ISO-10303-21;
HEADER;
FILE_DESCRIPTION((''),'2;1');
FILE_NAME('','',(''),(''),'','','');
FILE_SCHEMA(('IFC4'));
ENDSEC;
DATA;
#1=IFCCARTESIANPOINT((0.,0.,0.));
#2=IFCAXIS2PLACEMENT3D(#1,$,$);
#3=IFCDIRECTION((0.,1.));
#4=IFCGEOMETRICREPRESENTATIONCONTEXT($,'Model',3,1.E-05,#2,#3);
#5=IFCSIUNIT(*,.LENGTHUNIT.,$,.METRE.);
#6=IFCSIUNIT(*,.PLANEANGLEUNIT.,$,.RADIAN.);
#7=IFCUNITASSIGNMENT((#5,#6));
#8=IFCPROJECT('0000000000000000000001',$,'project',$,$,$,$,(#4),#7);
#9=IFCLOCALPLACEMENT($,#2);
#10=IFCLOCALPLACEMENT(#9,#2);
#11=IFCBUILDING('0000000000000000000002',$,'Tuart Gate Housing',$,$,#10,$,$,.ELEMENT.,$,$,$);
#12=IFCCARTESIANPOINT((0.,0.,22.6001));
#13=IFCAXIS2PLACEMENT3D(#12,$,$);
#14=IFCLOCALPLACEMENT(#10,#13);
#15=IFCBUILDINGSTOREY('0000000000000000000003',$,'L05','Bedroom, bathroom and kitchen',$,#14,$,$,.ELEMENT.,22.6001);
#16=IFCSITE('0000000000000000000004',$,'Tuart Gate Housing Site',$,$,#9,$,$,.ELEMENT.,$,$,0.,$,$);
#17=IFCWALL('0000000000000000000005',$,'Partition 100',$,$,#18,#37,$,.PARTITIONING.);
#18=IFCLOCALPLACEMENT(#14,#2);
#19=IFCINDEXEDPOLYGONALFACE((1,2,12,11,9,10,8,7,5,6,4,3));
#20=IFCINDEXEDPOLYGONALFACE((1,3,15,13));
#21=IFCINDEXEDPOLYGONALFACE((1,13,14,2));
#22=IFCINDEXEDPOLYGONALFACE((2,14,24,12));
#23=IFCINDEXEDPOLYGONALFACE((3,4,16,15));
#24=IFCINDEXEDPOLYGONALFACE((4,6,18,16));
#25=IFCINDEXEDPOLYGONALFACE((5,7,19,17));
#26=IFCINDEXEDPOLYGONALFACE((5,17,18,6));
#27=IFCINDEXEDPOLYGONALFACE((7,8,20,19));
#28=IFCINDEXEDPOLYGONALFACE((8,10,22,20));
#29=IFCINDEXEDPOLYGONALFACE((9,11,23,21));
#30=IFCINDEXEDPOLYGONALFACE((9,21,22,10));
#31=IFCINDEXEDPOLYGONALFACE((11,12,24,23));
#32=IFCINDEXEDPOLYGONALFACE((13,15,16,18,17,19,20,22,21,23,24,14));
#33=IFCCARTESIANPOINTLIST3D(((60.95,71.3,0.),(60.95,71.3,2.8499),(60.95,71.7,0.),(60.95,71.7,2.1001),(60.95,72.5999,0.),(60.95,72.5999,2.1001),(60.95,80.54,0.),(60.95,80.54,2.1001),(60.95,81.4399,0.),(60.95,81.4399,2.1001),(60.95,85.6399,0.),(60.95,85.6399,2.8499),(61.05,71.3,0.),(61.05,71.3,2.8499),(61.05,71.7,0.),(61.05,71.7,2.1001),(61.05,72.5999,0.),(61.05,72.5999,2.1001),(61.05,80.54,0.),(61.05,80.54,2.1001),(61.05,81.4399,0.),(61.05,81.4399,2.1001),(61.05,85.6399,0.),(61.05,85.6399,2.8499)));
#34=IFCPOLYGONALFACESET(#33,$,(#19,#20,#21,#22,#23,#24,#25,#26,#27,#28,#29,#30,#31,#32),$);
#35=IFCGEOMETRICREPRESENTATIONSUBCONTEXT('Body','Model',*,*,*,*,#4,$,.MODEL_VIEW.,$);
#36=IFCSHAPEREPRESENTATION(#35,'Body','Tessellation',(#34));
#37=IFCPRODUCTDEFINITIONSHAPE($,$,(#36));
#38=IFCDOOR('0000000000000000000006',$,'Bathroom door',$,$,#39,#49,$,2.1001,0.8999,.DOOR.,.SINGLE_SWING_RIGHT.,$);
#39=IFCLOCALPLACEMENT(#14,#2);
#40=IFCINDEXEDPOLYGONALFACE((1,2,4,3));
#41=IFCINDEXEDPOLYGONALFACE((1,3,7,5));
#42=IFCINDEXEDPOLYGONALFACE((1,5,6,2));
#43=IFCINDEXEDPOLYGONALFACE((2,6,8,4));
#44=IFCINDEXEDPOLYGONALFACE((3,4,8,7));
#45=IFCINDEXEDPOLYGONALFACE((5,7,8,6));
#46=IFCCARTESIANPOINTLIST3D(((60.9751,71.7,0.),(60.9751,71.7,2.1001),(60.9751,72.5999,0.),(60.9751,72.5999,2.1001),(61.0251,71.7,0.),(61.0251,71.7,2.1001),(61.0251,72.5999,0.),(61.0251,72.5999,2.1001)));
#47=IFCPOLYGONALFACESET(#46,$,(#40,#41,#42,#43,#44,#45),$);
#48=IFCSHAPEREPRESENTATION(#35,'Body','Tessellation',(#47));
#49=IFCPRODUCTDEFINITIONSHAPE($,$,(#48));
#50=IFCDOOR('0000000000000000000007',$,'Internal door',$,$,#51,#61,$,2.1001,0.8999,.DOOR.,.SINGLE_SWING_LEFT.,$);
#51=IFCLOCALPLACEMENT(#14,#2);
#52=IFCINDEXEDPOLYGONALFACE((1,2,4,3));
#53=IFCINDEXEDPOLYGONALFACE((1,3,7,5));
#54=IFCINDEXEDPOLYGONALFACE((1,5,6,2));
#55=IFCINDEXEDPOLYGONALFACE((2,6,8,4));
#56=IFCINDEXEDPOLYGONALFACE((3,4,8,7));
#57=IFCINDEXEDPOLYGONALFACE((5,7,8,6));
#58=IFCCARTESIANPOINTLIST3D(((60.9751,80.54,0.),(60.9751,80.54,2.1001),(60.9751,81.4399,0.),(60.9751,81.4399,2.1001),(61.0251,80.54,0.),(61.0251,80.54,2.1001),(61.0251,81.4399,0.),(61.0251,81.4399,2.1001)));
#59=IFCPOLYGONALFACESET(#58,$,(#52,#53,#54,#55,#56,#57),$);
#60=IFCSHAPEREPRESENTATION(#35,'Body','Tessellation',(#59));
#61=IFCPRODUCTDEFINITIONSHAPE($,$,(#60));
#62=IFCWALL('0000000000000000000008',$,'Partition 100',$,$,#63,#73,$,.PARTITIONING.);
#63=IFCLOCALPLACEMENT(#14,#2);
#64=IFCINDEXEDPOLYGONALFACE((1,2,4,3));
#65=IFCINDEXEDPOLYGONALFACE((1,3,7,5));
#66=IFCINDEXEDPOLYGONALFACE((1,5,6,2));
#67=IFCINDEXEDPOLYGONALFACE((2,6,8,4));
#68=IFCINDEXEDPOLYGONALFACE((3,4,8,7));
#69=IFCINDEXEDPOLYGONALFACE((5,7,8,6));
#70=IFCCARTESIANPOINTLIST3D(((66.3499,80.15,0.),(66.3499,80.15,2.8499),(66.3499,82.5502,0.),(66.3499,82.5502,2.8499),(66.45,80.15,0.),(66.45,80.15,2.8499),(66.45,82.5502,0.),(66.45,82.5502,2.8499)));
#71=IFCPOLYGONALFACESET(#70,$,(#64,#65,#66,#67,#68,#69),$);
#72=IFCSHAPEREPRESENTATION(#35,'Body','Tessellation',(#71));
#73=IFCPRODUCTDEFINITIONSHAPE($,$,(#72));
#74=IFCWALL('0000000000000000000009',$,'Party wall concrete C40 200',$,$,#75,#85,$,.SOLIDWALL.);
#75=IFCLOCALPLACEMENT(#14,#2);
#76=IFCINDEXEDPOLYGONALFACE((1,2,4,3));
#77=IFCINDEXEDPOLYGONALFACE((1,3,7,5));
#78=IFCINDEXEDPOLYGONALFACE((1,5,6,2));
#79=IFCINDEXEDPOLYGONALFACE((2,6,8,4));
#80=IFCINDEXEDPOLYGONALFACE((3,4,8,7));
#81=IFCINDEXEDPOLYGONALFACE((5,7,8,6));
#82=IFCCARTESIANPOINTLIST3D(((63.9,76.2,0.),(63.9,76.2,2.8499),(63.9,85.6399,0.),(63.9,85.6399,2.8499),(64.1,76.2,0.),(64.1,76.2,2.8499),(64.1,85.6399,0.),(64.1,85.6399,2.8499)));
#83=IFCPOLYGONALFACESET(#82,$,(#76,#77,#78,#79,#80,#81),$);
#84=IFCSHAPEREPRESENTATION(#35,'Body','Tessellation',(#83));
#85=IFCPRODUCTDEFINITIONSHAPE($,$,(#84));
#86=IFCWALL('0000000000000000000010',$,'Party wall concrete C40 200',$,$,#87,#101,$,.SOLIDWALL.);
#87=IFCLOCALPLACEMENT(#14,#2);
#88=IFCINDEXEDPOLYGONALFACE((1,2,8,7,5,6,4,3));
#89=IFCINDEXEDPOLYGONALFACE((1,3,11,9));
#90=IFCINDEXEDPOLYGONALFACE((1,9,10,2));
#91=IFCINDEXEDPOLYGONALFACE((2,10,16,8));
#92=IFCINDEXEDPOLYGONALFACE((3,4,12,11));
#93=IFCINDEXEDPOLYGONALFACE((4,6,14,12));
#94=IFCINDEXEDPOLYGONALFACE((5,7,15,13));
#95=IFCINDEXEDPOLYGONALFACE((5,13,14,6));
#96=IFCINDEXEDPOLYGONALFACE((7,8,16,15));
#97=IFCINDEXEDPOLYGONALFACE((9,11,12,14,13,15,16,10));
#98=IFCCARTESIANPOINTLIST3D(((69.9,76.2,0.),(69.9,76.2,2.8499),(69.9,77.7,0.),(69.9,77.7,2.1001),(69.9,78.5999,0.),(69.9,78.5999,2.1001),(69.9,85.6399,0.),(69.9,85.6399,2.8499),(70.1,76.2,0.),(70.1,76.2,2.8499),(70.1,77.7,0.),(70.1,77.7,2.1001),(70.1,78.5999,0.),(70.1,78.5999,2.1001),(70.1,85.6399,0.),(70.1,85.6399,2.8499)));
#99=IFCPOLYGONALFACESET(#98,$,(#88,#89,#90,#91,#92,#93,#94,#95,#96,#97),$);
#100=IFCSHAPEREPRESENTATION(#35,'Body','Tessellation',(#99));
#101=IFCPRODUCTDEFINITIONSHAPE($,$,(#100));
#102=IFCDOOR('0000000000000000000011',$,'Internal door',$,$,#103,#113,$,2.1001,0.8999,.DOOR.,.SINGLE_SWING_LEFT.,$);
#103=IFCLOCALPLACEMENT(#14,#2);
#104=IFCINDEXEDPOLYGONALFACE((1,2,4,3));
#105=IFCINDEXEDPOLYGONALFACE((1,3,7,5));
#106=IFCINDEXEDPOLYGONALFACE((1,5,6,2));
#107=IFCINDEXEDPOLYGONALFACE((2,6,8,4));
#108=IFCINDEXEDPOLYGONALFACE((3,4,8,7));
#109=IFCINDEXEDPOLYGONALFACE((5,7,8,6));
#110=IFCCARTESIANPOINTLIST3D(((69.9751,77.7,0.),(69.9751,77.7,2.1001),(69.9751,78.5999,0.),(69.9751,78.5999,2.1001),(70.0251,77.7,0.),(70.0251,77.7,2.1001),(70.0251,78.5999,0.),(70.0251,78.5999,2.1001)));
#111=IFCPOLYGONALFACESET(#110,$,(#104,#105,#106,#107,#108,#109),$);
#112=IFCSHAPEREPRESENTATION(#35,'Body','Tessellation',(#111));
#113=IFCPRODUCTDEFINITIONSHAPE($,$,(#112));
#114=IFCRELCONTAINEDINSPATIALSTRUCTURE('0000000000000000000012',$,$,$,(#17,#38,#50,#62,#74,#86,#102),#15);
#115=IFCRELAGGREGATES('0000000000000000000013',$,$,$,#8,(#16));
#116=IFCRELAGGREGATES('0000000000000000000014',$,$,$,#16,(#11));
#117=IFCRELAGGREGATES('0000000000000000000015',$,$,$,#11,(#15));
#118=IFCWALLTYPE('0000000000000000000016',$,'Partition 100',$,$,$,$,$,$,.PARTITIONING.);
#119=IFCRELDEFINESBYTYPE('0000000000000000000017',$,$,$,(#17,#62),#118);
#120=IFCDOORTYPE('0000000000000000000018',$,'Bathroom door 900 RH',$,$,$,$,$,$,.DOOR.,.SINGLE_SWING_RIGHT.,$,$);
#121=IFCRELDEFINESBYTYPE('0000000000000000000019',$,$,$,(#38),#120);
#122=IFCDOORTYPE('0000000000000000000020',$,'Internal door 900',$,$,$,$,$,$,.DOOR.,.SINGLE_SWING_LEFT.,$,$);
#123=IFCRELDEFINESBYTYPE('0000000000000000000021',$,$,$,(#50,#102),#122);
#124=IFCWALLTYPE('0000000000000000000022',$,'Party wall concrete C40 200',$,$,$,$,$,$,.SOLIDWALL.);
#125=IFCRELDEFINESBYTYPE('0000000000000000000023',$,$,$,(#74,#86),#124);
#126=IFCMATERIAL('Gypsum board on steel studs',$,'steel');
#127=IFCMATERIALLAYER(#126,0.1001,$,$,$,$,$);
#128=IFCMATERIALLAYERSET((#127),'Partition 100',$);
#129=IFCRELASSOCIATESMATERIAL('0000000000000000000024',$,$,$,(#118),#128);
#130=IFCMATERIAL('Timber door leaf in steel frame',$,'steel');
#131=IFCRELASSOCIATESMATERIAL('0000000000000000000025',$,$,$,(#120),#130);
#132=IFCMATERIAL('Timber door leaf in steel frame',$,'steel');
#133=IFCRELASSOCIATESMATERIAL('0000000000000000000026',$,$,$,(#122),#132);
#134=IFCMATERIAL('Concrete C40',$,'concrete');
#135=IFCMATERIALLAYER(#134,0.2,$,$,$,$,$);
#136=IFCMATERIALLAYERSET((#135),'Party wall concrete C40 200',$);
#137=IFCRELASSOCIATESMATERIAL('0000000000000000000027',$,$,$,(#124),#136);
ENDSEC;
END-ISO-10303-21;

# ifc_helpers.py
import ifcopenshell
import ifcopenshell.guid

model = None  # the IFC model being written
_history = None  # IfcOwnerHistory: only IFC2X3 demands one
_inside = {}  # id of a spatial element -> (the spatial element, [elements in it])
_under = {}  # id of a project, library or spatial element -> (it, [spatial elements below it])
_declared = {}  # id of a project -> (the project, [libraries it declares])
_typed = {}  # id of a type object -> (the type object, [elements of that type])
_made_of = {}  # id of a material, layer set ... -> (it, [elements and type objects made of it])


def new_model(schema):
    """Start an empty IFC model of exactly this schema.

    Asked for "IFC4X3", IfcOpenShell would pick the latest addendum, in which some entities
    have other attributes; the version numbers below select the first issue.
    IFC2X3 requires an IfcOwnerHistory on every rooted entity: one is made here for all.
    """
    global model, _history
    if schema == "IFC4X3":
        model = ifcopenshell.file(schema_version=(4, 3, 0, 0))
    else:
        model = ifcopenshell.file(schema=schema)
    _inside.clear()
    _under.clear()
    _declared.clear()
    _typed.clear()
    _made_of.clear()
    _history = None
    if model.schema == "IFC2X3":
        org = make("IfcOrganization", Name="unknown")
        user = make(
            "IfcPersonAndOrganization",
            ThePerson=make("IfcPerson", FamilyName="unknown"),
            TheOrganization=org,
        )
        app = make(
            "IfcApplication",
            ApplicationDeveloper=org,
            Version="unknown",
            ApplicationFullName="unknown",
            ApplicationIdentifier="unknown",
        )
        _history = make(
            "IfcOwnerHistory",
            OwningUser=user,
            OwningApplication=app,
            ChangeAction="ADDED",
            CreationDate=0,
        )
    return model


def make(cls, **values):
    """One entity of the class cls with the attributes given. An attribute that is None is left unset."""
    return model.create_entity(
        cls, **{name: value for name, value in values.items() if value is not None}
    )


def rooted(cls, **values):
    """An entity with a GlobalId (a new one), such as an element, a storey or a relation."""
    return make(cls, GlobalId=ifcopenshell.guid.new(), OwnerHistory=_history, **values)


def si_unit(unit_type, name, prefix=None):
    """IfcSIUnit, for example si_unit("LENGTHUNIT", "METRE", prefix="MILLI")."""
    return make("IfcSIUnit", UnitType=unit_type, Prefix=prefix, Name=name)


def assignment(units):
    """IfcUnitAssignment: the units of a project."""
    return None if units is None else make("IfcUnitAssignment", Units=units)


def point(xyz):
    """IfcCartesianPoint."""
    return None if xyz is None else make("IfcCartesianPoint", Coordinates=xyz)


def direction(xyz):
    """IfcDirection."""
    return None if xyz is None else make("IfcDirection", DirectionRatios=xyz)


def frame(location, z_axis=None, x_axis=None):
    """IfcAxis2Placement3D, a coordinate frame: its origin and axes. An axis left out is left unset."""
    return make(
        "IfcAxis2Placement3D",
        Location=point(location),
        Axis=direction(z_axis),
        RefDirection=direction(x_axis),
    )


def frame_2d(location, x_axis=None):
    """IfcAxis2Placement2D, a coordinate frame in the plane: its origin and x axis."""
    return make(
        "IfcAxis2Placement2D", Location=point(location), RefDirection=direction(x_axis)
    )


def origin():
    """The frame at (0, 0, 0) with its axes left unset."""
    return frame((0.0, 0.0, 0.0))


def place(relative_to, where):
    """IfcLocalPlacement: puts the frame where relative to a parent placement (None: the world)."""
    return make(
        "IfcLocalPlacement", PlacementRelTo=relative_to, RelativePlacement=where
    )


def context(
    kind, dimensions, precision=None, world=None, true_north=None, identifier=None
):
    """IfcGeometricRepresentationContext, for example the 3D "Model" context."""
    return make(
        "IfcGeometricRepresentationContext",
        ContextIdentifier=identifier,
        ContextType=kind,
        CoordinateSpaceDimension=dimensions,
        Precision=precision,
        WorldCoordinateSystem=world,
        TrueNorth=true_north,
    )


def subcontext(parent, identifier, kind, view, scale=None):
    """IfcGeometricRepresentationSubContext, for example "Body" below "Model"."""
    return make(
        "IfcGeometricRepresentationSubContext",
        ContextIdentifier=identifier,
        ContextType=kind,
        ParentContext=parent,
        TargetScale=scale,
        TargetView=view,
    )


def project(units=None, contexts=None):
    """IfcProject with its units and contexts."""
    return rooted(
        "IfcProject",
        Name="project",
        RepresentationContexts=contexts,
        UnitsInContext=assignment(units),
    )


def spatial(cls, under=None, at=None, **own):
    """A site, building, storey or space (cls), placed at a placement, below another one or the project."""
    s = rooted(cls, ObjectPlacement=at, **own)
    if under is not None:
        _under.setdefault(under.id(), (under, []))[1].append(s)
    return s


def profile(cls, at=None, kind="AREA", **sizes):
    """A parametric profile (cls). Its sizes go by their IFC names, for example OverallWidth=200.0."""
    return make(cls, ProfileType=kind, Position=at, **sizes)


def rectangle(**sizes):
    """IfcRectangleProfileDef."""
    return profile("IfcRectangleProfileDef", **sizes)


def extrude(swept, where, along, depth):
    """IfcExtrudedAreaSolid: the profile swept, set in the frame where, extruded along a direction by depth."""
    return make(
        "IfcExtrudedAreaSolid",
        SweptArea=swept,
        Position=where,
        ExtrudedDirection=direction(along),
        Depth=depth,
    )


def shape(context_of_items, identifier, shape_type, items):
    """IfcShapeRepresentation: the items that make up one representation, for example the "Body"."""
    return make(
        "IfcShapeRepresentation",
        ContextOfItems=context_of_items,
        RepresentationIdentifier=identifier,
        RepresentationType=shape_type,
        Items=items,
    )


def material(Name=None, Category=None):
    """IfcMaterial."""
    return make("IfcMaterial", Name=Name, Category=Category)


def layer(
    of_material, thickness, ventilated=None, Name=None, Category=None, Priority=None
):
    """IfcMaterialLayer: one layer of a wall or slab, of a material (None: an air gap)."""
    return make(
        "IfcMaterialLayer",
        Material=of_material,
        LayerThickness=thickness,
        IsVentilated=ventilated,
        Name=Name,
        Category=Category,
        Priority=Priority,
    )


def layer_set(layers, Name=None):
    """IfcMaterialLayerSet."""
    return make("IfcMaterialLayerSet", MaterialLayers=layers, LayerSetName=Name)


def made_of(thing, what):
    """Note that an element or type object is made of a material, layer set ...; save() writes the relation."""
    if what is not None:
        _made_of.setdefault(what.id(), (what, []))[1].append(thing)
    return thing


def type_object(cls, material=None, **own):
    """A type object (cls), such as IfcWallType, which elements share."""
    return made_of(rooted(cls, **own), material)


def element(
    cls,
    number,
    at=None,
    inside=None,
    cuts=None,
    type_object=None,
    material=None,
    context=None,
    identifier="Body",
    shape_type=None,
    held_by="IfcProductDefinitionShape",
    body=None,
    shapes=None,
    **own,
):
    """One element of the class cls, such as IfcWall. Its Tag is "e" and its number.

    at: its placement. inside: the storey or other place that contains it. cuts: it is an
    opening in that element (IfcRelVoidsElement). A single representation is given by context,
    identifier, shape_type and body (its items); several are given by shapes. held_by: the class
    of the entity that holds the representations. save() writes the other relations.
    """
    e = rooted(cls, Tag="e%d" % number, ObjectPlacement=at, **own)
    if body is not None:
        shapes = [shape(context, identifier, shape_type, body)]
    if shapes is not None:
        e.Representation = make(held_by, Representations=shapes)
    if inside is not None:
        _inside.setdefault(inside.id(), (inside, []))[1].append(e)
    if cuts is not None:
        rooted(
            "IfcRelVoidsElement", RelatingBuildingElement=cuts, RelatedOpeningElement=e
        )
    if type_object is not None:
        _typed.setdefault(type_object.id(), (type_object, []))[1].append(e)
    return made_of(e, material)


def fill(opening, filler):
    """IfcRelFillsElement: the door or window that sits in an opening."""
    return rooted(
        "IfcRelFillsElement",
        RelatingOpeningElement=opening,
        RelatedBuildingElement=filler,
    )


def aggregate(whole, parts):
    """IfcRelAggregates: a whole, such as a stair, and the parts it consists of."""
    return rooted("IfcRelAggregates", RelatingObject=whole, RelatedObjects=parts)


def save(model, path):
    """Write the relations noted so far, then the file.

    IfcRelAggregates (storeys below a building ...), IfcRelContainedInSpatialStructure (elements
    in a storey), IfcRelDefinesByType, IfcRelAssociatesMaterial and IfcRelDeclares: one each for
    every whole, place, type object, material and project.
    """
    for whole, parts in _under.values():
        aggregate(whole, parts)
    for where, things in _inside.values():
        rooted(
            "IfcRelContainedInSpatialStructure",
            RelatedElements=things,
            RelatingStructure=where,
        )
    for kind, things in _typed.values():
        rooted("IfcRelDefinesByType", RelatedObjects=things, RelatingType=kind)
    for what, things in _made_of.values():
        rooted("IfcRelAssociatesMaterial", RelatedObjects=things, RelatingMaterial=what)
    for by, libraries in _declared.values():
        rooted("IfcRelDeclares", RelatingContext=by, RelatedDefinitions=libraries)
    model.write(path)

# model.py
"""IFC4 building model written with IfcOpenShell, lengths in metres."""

from ifc_helpers import new_model, si_unit, direction, frame, frame_2d, origin, place, context, subcontext, project, spatial, rectangle, extrude, material, layer, layer_set, type_object, element, fill, save


model = new_model("IFC4")

# Units and contexts
model_context = context("Model", 3, precision=1e-05, world=origin(), true_north=direction((0.0, 1.0)))
body_context = subcontext(model_context, "Body", "Model", "MODEL_VIEW")
ifc_project = project(units=[si_unit("LENGTHUNIT", "METRE"), si_unit("PLANEANGLEUNIT", "RADIAN")], contexts=[model_context])

# Site, building, storey
site_placement = place(None, origin())
site = spatial("IfcSite", under=ifc_project, at=site_placement, Name="Tuart Gate Housing Site", CompositionType="ELEMENT", RefElevation=0.0)
building_placement = place(site_placement, origin())
building = spatial("IfcBuilding", under=site, at=building_placement, Name="Tuart Gate Housing", CompositionType="ELEMENT")
storey_placement = place(building_placement, frame((0.0, 0.0, 22.6001)))
storey = spatial("IfcBuildingStorey", under=building, at=storey_placement, Name="L05", Description="Bedroom, bathroom and kitchen", CompositionType="ELEMENT", Elevation=22.6001)

# Shared definitions
ifc_material_1 = material(Name="Gypsum board on steel studs", Category="steel")
ifc_layer_1 = layer(ifc_material_1, 0.1001)
ifc_layer_set_1 = layer_set([ifc_layer_1], Name="Partition 100")
wall_type_1 = type_object("IfcWallType", Name="Partition 100", PredefinedType="PARTITIONING", material=ifc_layer_set_1)

# Shared definitions
ifc_material_2 = material(Name="Timber door leaf in steel frame", Category="steel")
door_type_1 = type_object("IfcDoorType", Name="Bathroom door 900 RH", OperationType="SINGLE_SWING_RIGHT", PredefinedType="DOOR", material=ifc_material_2)
ifc_material_3 = material(Name="Timber door leaf in steel frame", Category="steel")
door_type_2 = type_object("IfcDoorType", Name="Internal door 900", OperationType="SINGLE_SWING_LEFT", PredefinedType="DOOR", material=ifc_material_3)

# Wall, openings, doors
wall_1_placement = place(storey_placement, frame((61.0, 71.3, 0.0), z_axis=(0.0, 0.0, 1.0), x_axis=(0.0, 1.0, 0.0)))
wall_1 = element("IfcWall", 1, at=wall_1_placement, inside=storey, type_object=wall_type_1, Name="Partition 100", PredefinedType="PARTITIONING", context=body_context, shape_type="SweptSolid", body=[
    extrude(rectangle(XDim=14.3398, YDim=0.1001, at=frame_2d((7.1699, 0.0))), origin(), (0.0, 0.0, 1.0), 2.8499),
])
opening_1_placement = place(wall_1_placement, frame((9.24, 0.0, 0.0)))
opening_1 = element("IfcOpeningElement", 2, at=opening_1_placement, cuts=wall_1, PredefinedType="OPENING", context=body_context, shape_type="SweptSolid", body=[
    extrude(rectangle(XDim=0.8999, YDim=2.1001, at=frame_2d((0.45, 1.05))), frame((0.0, 0.0601, 0.0), z_axis=(0.0, -1.0, 0.0), x_axis=(1.0, 0.0, 0.0)), (0.0, 0.0, 1.0), 0.1201),
])
opening_2_placement = place(wall_1_placement, frame((0.3999, 0.0, 0.0)))
opening_2 = element("IfcOpeningElement", 3, at=opening_2_placement, cuts=wall_1, PredefinedType="OPENING", context=body_context, shape_type="SweptSolid", body=[
    extrude(rectangle(XDim=0.8999, YDim=2.1001, at=frame_2d((0.45, 1.05))), frame((0.0, 0.0601, 0.0), z_axis=(0.0, -1.0, 0.0), x_axis=(1.0, 0.0, 0.0)), (0.0, 0.0, 1.0), 0.1201),
])
door_1_placement = place(opening_2_placement, frame((0.8999, 0.0, 0.0), z_axis=(0.0, 0.0, 1.0), x_axis=(-1.0, 0.0, 0.0)))
door_1 = element("IfcDoor", 4, at=door_1_placement, inside=storey, type_object=door_type_1, Name="Bathroom door", OperationType="SINGLE_SWING_RIGHT", OverallHeight=2.1001, OverallWidth=0.8999, PredefinedType="DOOR", context=body_context, shape_type="SweptSolid", body=[
    extrude(rectangle(XDim=0.8999, YDim=2.1001, at=frame_2d((0.45, 1.05))), frame((0.0, 0.0251, 0.0), z_axis=(0.0, -1.0, 0.0), x_axis=(1.0, 0.0, 0.0)), (0.0, 0.0, 1.0), 0.05),
])
fill(opening_2, door_1)
door_2_placement = place(opening_1_placement, frame((0.8999, 0.0, 0.0), z_axis=(0.0, 0.0, 1.0), x_axis=(-1.0, 0.0, 0.0)))
door_2 = element("IfcDoor", 5, at=door_2_placement, inside=storey, type_object=door_type_2, Name="Internal door", OperationType="SINGLE_SWING_LEFT", OverallHeight=2.1001, OverallWidth=0.8999, PredefinedType="DOOR", context=body_context, shape_type="SweptSolid", body=[
    extrude(rectangle(XDim=0.8999, YDim=2.1001, at=frame_2d((0.45, 1.05))), frame((0.0, 0.0251, 0.0), z_axis=(0.0, -1.0, 0.0), x_axis=(1.0, 0.0, 0.0)), (0.0, 0.0, 1.0), 0.05),
])
fill(opening_1, door_2)

# Walls
wall_2_placement = place(storey_placement, frame((66.3999, 80.1499, 0.0), z_axis=(0.0, 0.0, 1.0), x_axis=(0.0, 1.0, 0.0)))
element("IfcWall", 6, at=wall_2_placement, inside=storey, type_object=wall_type_1, Name="Partition 100", PredefinedType="PARTITIONING", context=body_context, shape_type="SweptSolid", body=[
    extrude(rectangle(XDim=2.4001, YDim=0.1001, at=frame_2d((1.2002, 0.0))), origin(), (0.0, 0.0, 1.0), 2.8499),
])
ifc_material_4 = material(Name="Concrete C40", Category="concrete")
ifc_layer_2 = layer(ifc_material_4, 0.2)
ifc_layer_set_2 = layer_set([ifc_layer_2], Name="Party wall concrete C40 200")
wall_type_2 = type_object("IfcWallType", Name="Party wall concrete C40 200", PredefinedType="SOLIDWALL", material=ifc_layer_set_2)
wall_3_placement = place(storey_placement, frame((64.0, 76.2, 0.0), z_axis=(0.0, 0.0, 1.0), x_axis=(0.0, 1.0, 0.0)))
element("IfcWall", 7, at=wall_3_placement, inside=storey, type_object=wall_type_2, Name="Party wall concrete C40 200", PredefinedType="SOLIDWALL", context=body_context, shape_type="SweptSolid", body=[
    extrude(rectangle(XDim=9.4399, YDim=0.2, at=frame_2d((4.72, 0.0))), origin(), (0.0, 0.0, 1.0), 2.8499),
])

# Wall, opening, door
wall_4_placement = place(storey_placement, frame((70.0, 76.2, 0.0), z_axis=(0.0, 0.0, 1.0), x_axis=(0.0, 1.0, 0.0)))
wall_4 = element("IfcWall", 8, at=wall_4_placement, inside=storey, type_object=wall_type_2, Name="Party wall concrete C40 200", PredefinedType="SOLIDWALL", context=body_context, shape_type="SweptSolid", body=[
    extrude(rectangle(XDim=9.4399, YDim=0.2, at=frame_2d((4.72, 0.0))), origin(), (0.0, 0.0, 1.0), 2.8499),
])
opening_3_placement = place(wall_4_placement, frame((1.5, 0.0, 0.0)))
opening_3 = element("IfcOpeningElement", 9, at=opening_3_placement, cuts=wall_4, PredefinedType="OPENING", context=body_context, shape_type="SweptSolid", body=[
    extrude(rectangle(XDim=0.8999, YDim=2.1001, at=frame_2d((0.45, 1.05))), frame((0.0, 0.1099, 0.0), z_axis=(0.0, -1.0, 0.0), x_axis=(1.0, 0.0, 0.0)), (0.0, 0.0, 1.0), 0.22),
])
door_3_placement = place(opening_3_placement, origin())
door_3 = element("IfcDoor", 10, at=door_3_placement, inside=storey, type_object=door_type_2, Name="Internal door", OperationType="SINGLE_SWING_LEFT", OverallHeight=2.1001, OverallWidth=0.8999, PredefinedType="DOOR", context=body_context, shape_type="SweptSolid", body=[
    extrude(rectangle(XDim=0.8999, YDim=2.1001, at=frame_2d((0.45, 1.05))), frame((0.0, 0.0249, 0.0), z_axis=(0.0, -1.0, 0.0), x_axis=(1.0, 0.0, 0.0)), (0.0, 0.0, 1.0), 0.05),
])
fill(opening_3, door_3)

save(model, "model.ifc")
